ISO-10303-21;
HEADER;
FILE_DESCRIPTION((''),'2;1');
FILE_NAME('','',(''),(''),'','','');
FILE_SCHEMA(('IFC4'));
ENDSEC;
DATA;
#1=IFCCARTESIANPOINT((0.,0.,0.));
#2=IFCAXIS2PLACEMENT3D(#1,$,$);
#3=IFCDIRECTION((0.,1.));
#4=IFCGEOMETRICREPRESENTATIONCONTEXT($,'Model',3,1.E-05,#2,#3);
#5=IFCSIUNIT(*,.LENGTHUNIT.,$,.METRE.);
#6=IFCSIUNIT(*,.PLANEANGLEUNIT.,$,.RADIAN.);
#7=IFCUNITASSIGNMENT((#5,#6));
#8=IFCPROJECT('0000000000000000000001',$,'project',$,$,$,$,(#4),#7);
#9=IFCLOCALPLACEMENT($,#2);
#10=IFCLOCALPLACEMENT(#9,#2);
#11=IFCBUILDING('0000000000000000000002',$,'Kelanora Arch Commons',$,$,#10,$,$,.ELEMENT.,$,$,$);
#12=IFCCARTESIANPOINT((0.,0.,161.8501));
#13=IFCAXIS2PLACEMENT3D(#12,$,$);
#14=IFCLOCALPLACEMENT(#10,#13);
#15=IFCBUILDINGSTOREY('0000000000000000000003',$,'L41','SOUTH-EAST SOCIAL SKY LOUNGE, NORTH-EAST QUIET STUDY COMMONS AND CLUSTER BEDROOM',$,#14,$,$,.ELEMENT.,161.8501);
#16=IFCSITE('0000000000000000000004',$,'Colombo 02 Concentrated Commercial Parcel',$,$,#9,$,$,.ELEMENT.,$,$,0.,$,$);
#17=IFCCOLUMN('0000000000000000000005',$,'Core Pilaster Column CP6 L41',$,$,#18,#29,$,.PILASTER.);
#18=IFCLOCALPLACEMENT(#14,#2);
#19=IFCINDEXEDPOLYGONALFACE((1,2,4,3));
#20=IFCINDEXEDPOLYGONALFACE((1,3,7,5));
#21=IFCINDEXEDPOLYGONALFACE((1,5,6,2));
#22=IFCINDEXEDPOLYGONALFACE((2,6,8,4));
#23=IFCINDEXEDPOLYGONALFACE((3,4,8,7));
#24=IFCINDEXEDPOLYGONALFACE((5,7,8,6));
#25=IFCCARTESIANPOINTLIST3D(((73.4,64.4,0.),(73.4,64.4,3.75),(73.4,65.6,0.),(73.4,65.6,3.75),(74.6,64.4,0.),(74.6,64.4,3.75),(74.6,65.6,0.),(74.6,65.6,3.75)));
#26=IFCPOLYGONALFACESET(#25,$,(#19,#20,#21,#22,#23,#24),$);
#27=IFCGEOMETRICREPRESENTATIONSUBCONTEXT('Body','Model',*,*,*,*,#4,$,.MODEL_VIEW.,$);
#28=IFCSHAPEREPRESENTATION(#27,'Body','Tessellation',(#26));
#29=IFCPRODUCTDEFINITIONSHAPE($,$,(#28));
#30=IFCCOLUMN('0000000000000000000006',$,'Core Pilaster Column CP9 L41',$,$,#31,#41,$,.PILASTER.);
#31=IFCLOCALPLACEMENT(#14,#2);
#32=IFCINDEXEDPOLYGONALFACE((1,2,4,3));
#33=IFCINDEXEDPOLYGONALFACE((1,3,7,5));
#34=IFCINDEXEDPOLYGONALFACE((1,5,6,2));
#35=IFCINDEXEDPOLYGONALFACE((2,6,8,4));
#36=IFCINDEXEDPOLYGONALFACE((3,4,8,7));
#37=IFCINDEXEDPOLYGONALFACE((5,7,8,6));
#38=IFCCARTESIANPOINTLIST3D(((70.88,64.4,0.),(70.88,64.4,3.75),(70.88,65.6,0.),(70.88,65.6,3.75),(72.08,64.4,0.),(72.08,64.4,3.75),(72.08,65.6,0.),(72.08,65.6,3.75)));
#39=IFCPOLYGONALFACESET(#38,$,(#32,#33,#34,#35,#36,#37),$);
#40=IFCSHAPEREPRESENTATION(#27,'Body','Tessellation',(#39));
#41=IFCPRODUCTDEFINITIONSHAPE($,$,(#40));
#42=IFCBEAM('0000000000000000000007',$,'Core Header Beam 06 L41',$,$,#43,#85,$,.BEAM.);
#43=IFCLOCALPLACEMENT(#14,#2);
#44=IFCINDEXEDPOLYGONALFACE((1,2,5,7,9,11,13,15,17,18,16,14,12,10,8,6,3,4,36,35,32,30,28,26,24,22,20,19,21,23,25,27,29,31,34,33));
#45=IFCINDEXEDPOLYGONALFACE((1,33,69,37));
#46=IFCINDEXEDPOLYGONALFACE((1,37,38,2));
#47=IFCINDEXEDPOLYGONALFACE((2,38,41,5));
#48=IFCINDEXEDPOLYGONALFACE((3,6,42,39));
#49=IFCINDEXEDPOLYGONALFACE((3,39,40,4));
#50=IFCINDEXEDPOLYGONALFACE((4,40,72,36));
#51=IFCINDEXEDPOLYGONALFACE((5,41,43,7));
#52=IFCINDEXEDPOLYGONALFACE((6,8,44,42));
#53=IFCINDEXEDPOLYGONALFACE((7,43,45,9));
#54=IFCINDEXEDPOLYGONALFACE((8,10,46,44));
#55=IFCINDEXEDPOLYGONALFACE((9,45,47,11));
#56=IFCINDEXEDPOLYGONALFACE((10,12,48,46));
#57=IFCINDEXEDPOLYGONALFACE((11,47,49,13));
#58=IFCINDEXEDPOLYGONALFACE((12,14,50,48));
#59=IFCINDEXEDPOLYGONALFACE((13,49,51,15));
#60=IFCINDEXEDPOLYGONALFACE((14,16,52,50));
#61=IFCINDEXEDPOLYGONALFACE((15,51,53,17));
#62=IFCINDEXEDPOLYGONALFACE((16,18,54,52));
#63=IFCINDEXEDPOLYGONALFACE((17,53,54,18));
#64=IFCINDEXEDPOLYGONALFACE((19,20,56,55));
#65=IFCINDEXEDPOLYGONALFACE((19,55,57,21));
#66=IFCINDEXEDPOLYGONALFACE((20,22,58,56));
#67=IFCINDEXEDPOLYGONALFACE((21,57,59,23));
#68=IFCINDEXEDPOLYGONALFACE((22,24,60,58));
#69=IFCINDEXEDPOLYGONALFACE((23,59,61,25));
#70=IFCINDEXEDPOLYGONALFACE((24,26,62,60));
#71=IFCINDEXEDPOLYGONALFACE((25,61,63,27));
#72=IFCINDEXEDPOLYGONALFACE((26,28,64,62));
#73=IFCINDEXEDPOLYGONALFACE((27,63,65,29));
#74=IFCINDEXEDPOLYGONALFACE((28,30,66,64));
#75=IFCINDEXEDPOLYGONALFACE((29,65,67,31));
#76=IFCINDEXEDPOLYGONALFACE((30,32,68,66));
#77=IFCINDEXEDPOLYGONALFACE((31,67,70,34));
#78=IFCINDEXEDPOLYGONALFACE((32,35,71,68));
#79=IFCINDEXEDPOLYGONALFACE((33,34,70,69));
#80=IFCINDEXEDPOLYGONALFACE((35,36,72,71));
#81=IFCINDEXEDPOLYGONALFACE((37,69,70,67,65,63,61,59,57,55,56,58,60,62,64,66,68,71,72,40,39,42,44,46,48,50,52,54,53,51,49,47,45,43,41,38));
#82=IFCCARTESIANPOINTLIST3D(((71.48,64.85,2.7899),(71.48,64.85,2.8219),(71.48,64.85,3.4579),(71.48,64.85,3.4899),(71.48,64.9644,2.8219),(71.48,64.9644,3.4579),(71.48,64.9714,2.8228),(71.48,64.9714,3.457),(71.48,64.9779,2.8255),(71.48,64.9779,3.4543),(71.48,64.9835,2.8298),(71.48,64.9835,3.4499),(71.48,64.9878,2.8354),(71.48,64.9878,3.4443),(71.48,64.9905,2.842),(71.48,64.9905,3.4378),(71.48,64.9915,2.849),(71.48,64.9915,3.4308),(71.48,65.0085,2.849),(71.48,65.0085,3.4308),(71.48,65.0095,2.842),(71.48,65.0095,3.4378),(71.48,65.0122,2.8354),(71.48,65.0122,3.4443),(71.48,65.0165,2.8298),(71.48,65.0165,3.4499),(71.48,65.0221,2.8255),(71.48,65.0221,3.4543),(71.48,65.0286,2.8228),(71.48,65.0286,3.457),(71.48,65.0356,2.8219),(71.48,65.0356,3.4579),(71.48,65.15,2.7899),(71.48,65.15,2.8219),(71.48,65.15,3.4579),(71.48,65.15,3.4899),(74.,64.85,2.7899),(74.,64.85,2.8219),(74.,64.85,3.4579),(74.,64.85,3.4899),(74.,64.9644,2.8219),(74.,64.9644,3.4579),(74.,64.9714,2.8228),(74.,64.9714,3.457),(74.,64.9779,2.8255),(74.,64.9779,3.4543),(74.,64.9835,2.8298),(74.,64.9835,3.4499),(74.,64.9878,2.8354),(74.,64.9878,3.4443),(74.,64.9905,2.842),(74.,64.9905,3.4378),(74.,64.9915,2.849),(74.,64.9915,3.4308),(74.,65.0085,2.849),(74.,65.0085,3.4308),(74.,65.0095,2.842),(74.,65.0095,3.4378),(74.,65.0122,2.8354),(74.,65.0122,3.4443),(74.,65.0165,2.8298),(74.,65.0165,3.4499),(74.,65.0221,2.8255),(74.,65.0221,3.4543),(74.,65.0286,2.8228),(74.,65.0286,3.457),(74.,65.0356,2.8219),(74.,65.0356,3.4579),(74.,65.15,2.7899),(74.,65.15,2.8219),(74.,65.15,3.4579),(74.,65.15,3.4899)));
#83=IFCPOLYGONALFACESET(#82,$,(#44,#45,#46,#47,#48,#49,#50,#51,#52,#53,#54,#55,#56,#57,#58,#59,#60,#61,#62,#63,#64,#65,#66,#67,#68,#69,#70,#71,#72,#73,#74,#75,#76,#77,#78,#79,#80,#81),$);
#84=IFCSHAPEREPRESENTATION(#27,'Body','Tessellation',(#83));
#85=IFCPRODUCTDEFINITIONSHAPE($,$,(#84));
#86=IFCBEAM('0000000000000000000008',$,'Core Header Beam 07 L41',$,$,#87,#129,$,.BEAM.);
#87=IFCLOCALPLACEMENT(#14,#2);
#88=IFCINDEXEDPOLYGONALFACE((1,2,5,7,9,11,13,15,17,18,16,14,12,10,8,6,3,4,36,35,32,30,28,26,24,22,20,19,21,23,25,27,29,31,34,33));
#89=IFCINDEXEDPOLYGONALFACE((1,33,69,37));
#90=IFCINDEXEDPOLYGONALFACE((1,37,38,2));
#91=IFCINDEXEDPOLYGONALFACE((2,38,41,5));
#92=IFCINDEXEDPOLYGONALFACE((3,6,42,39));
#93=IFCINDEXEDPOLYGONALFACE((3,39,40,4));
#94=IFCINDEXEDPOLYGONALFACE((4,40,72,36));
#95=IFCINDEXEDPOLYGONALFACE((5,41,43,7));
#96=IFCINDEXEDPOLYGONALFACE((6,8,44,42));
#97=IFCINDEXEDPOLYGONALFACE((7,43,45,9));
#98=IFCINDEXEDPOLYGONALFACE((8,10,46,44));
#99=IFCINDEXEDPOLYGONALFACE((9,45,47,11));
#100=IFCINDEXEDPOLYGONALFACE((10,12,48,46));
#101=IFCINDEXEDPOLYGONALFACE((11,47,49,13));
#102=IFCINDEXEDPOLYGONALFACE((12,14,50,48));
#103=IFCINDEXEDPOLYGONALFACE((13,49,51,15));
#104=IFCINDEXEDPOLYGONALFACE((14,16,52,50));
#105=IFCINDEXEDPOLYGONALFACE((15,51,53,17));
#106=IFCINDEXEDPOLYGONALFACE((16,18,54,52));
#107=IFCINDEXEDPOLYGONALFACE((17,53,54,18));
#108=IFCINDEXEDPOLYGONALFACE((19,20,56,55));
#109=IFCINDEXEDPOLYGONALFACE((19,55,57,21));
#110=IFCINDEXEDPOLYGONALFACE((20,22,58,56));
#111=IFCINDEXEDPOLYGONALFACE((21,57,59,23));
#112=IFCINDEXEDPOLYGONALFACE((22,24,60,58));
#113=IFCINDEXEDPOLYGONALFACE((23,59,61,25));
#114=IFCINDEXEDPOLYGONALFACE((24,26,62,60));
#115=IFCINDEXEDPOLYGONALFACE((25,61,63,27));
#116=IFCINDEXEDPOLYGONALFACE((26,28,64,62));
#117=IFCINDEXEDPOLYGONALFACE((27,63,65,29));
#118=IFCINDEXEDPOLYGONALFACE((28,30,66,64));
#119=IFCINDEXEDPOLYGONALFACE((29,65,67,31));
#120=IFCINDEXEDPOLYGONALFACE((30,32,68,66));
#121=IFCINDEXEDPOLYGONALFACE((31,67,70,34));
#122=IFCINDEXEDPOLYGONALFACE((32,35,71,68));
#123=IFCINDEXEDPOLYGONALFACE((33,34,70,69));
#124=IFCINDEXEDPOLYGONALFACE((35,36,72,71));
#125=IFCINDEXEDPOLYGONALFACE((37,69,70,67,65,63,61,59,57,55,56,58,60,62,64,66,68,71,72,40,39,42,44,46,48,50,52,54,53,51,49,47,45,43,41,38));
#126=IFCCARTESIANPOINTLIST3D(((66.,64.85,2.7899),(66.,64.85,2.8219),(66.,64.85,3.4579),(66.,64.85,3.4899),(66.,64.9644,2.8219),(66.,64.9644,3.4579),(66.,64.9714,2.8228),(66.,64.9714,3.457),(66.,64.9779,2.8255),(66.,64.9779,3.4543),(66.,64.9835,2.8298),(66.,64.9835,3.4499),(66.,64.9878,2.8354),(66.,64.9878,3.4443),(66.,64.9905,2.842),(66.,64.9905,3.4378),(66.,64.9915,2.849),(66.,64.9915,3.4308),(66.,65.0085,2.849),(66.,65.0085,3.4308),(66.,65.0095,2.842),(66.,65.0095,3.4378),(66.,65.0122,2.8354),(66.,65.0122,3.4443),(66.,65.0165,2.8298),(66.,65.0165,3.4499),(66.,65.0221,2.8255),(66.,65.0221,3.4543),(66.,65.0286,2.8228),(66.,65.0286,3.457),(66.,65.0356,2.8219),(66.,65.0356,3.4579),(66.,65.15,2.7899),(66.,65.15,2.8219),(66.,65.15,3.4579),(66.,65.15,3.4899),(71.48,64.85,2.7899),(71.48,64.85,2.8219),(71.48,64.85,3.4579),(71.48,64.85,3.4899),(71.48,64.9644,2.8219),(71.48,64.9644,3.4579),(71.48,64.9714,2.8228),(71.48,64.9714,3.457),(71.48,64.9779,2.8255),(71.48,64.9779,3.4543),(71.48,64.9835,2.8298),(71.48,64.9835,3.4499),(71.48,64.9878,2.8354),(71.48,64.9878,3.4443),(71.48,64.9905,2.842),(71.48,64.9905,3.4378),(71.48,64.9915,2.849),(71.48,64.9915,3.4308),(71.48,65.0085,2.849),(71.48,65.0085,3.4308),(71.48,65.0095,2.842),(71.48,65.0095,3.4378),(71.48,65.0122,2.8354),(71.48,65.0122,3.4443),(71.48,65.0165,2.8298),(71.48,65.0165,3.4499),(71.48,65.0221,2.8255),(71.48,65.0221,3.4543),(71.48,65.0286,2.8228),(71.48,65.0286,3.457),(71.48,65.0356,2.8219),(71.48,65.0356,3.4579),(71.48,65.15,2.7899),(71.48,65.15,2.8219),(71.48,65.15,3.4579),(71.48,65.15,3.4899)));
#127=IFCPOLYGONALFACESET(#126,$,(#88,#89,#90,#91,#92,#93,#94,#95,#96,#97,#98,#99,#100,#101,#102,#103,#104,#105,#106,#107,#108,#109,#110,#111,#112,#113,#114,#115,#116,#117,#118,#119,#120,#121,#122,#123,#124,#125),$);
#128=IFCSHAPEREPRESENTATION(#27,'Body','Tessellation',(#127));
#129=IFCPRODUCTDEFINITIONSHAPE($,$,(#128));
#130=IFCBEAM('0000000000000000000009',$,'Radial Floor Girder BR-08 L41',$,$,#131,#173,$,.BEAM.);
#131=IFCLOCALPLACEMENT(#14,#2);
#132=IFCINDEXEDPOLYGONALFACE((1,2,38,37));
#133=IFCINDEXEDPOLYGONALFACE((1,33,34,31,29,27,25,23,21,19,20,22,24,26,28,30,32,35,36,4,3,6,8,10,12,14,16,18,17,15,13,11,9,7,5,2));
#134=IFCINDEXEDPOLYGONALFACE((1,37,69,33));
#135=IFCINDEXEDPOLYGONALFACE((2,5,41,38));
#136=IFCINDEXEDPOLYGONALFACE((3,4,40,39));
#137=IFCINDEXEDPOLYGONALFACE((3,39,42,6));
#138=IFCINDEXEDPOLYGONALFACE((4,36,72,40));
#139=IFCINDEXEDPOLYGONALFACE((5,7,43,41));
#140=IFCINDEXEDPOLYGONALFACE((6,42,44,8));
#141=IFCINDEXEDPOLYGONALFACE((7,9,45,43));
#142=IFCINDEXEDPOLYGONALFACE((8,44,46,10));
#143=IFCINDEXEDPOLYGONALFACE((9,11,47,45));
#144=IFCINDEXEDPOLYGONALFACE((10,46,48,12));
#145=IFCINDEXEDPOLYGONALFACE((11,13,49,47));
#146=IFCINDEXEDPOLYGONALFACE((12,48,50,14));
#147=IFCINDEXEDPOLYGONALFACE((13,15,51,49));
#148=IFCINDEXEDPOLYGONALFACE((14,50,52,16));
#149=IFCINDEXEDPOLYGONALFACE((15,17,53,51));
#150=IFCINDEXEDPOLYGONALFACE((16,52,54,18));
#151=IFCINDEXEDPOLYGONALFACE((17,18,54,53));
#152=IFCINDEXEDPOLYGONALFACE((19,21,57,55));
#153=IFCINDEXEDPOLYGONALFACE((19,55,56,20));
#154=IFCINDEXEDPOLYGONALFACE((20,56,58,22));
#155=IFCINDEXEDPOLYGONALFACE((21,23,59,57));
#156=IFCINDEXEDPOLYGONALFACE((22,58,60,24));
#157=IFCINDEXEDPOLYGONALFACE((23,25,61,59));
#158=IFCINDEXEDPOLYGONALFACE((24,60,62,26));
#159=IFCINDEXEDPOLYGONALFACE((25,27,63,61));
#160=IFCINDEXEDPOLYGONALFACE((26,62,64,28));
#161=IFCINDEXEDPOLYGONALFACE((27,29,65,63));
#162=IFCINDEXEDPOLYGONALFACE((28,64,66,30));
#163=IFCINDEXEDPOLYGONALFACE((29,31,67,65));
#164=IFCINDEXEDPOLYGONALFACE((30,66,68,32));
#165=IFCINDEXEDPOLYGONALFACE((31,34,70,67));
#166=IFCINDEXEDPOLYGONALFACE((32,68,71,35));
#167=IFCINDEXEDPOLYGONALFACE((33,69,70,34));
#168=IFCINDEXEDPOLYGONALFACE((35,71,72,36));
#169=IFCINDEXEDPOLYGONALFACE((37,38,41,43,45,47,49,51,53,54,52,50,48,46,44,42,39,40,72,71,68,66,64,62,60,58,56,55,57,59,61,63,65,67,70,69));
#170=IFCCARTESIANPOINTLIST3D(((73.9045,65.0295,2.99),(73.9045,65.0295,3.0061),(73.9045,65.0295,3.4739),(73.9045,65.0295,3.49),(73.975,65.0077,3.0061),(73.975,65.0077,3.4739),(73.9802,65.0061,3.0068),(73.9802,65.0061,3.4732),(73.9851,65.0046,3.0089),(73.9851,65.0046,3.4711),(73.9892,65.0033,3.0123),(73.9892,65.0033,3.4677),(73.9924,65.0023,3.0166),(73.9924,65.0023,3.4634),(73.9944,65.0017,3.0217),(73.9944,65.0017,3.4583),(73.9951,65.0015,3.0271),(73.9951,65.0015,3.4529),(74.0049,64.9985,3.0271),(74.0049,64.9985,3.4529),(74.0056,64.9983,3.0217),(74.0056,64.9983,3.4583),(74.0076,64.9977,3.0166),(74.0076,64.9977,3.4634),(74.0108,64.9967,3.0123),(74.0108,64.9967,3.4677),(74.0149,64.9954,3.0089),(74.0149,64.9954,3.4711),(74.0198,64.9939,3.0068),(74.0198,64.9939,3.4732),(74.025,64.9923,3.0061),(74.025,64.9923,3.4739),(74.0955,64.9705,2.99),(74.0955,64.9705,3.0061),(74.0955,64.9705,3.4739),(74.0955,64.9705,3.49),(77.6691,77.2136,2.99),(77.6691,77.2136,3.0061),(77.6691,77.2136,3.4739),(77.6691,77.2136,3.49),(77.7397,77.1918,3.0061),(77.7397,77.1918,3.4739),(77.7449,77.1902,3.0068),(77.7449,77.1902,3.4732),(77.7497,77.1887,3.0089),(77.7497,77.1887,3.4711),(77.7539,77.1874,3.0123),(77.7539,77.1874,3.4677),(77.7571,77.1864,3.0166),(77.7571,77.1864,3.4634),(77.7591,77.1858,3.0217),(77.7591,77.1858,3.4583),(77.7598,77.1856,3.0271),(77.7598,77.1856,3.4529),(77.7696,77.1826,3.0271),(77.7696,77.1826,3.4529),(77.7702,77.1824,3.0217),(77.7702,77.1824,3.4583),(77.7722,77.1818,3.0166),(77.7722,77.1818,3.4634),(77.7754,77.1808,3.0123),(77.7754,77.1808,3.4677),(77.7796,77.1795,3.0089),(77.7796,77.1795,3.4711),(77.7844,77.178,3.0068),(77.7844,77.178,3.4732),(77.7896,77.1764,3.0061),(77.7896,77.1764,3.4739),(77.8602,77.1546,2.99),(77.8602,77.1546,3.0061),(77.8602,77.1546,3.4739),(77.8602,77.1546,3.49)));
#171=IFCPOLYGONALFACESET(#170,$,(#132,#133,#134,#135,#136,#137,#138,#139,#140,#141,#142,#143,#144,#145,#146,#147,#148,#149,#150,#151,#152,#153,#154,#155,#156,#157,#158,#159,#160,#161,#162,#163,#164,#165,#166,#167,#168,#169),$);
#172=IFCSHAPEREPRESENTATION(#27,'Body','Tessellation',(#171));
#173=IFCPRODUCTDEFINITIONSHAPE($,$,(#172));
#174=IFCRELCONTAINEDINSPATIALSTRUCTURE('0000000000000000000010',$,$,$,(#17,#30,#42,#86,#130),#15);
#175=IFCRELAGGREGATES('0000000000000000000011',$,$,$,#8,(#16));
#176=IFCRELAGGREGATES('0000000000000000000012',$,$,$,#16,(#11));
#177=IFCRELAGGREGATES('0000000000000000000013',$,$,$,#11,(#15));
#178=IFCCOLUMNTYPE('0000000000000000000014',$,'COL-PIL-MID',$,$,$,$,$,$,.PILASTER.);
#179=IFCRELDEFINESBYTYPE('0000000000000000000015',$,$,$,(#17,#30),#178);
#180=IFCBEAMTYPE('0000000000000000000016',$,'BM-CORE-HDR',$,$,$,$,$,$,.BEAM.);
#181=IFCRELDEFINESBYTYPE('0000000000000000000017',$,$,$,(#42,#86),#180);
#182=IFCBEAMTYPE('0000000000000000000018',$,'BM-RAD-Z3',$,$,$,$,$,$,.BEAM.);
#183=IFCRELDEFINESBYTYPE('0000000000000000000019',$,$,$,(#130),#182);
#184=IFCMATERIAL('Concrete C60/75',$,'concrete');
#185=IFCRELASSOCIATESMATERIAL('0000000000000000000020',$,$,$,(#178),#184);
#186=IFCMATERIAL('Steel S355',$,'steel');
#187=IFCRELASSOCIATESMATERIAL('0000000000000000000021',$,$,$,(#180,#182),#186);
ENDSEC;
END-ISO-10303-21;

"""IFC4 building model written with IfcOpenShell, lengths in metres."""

from ifc_helpers import new_model, si_unit, direction, frame, origin, origin_2d, place, context, subcontext, project, spatial, rectangle, i_section, extrude, material, material_profile, profile_set, type_object, element, save


model = new_model("IFC4")

# Units and contexts
model_context = context("Model", 3, precision=1e-05, world=origin(), true_north=direction((0.0, 1.0)))
body_context = subcontext(model_context, "Body", "Model", "MODEL_VIEW")
ifc_project = project(units=[si_unit("LENGTHUNIT", "METRE"), si_unit("PLANEANGLEUNIT", "RADIAN")], contexts=[model_context])

# Site, building, storey
site_placement = place(None, origin())
site = spatial("IfcSite", under=ifc_project, at=site_placement, Name="Colombo 02 Concentrated Commercial Parcel", CompositionType="ELEMENT", RefElevation=0.0)
building_placement = place(site_placement, origin())
building = spatial("IfcBuilding", under=site, at=building_placement, Name="Kelanora Arch Commons", CompositionType="ELEMENT")
storey_placement = place(building_placement, frame((0.0, 0.0, 161.8501)))
storey = spatial("IfcBuildingStorey", under=building, at=storey_placement, Name="L41", Description="SOUTH-EAST SOCIAL SKY LOUNGE, NORTH-EAST QUIET STUDY COMMONS AND CLUSTER BEDROOM", CompositionType="ELEMENT", Elevation=161.8501)

# Columns
ifc_material_1 = material(Name="Concrete C60/75", Category="concrete")
ifc_material_profile_1 = material_profile(ifc_material_1, rectangle(XDim=1.2, YDim=1.2, at=origin_2d()), Name="RC1200x1200")
ifc_profile_set_1 = profile_set([ifc_material_profile_1], Name="Concrete C60/75")
column_type = type_object("IfcColumnType", Name="COL-PIL-MID", PredefinedType="PILASTER", material=ifc_profile_set_1)
for number, where, z_axis, x_axis, name in (
    (1, (74.0, 65.0, 0.0), (0.0, 0.0, 1.0), (1.0, 0.0, 0.0), "Core Pilaster Column CP6 L41"),
    (2, (71.48, 65.0, 0.0), (0.0, 0.0, 1.0), (1.0, 0.0, 0.0), "Core Pilaster Column CP9 L41"),
):
    element("IfcColumn", number, at=place(storey_placement, frame(where, z_axis=z_axis, x_axis=x_axis)), inside=storey, type_object=column_type, Name=name, PredefinedType="PILASTER", context=body_context, shape_type="SweptSolid", body=[
        extrude(rectangle(XDim=1.2, YDim=1.2, at=origin_2d()), origin(), (0.0, 0.0, 1.0), 3.75),
    ])

# Beams
ifc_material_2 = material(Name="Steel S355", Category="steel")
ifc_material_profile_2 = material_profile(ifc_material_2, i_section(OverallWidth=0.3, OverallDepth=0.7, WebThickness=0.0171, FlangeThickness=0.032, FilletRadius=0.0271, at=origin_2d()), Name="HEB700")
ifc_profile_set_2 = profile_set([ifc_material_profile_2], Name="Steel S355")
beam_type_1 = type_object("IfcBeamType", Name="BM-CORE-HDR", PredefinedType="BEAM", material=ifc_profile_set_2)
beam_1_placement = place(storey_placement, frame((74.0, 65.0, 3.1399), z_axis=(-1.0, 0.0, 0.0), x_axis=(0.0, -1.0, 0.0)))
element("IfcBeam", 3, at=beam_1_placement, inside=storey, type_object=beam_type_1, Name="Core Header Beam 06 L41", PredefinedType="BEAM", context=body_context, shape_type="SweptSolid", body=[
    extrude(i_section(OverallWidth=0.3, OverallDepth=0.7, WebThickness=0.0171, FlangeThickness=0.032, FilletRadius=0.0271, at=origin_2d()), origin(), (0.0, 0.0, 1.0), 2.52),
])
beam_2_placement = place(storey_placement, frame((71.48, 65.0, 3.1399), z_axis=(-1.0, 0.0, 0.0), x_axis=(0.0, -1.0, 0.0)))
element("IfcBeam", 4, at=beam_2_placement, inside=storey, type_object=beam_type_1, Name="Core Header Beam 07 L41", PredefinedType="BEAM", context=body_context, shape_type="SweptSolid", body=[
    extrude(i_section(OverallWidth=0.3, OverallDepth=0.7, WebThickness=0.0171, FlangeThickness=0.032, FilletRadius=0.0271, at=origin_2d()), origin(), (0.0, 0.0, 1.0), 5.48),
])
ifc_material_profile_3 = material_profile(ifc_material_2, i_section(OverallWidth=0.2, OverallDepth=0.5, WebThickness=0.0103, FlangeThickness=0.0161, FilletRadius=0.021, at=origin_2d()), Name="IPE500")
ifc_profile_set_3 = profile_set([ifc_material_profile_3], Name="Steel S355")
beam_type_2 = type_object("IfcBeamType", Name="BM-RAD-Z3", PredefinedType="BEAM", material=ifc_profile_set_3)
beam_3_placement = place(storey_placement, frame((74.0, 65.0, 3.24), z_axis=(0.29521, 0.955432, 0.0), x_axis=(-0.955432, 0.29521, 0.0)))
element("IfcBeam", 5, at=beam_3_placement, inside=storey, type_object=beam_type_2, Name="Radial Floor Girder BR-08 L41", PredefinedType="BEAM", context=body_context, shape_type="SweptSolid", body=[
    extrude(i_section(OverallWidth=0.2, OverallDepth=0.5, WebThickness=0.0103, FlangeThickness=0.0161, FilletRadius=0.021, at=origin_2d()), origin(), (0.0, 0.0, 1.0), 12.7524),
])

save(model, "model.ifc")
